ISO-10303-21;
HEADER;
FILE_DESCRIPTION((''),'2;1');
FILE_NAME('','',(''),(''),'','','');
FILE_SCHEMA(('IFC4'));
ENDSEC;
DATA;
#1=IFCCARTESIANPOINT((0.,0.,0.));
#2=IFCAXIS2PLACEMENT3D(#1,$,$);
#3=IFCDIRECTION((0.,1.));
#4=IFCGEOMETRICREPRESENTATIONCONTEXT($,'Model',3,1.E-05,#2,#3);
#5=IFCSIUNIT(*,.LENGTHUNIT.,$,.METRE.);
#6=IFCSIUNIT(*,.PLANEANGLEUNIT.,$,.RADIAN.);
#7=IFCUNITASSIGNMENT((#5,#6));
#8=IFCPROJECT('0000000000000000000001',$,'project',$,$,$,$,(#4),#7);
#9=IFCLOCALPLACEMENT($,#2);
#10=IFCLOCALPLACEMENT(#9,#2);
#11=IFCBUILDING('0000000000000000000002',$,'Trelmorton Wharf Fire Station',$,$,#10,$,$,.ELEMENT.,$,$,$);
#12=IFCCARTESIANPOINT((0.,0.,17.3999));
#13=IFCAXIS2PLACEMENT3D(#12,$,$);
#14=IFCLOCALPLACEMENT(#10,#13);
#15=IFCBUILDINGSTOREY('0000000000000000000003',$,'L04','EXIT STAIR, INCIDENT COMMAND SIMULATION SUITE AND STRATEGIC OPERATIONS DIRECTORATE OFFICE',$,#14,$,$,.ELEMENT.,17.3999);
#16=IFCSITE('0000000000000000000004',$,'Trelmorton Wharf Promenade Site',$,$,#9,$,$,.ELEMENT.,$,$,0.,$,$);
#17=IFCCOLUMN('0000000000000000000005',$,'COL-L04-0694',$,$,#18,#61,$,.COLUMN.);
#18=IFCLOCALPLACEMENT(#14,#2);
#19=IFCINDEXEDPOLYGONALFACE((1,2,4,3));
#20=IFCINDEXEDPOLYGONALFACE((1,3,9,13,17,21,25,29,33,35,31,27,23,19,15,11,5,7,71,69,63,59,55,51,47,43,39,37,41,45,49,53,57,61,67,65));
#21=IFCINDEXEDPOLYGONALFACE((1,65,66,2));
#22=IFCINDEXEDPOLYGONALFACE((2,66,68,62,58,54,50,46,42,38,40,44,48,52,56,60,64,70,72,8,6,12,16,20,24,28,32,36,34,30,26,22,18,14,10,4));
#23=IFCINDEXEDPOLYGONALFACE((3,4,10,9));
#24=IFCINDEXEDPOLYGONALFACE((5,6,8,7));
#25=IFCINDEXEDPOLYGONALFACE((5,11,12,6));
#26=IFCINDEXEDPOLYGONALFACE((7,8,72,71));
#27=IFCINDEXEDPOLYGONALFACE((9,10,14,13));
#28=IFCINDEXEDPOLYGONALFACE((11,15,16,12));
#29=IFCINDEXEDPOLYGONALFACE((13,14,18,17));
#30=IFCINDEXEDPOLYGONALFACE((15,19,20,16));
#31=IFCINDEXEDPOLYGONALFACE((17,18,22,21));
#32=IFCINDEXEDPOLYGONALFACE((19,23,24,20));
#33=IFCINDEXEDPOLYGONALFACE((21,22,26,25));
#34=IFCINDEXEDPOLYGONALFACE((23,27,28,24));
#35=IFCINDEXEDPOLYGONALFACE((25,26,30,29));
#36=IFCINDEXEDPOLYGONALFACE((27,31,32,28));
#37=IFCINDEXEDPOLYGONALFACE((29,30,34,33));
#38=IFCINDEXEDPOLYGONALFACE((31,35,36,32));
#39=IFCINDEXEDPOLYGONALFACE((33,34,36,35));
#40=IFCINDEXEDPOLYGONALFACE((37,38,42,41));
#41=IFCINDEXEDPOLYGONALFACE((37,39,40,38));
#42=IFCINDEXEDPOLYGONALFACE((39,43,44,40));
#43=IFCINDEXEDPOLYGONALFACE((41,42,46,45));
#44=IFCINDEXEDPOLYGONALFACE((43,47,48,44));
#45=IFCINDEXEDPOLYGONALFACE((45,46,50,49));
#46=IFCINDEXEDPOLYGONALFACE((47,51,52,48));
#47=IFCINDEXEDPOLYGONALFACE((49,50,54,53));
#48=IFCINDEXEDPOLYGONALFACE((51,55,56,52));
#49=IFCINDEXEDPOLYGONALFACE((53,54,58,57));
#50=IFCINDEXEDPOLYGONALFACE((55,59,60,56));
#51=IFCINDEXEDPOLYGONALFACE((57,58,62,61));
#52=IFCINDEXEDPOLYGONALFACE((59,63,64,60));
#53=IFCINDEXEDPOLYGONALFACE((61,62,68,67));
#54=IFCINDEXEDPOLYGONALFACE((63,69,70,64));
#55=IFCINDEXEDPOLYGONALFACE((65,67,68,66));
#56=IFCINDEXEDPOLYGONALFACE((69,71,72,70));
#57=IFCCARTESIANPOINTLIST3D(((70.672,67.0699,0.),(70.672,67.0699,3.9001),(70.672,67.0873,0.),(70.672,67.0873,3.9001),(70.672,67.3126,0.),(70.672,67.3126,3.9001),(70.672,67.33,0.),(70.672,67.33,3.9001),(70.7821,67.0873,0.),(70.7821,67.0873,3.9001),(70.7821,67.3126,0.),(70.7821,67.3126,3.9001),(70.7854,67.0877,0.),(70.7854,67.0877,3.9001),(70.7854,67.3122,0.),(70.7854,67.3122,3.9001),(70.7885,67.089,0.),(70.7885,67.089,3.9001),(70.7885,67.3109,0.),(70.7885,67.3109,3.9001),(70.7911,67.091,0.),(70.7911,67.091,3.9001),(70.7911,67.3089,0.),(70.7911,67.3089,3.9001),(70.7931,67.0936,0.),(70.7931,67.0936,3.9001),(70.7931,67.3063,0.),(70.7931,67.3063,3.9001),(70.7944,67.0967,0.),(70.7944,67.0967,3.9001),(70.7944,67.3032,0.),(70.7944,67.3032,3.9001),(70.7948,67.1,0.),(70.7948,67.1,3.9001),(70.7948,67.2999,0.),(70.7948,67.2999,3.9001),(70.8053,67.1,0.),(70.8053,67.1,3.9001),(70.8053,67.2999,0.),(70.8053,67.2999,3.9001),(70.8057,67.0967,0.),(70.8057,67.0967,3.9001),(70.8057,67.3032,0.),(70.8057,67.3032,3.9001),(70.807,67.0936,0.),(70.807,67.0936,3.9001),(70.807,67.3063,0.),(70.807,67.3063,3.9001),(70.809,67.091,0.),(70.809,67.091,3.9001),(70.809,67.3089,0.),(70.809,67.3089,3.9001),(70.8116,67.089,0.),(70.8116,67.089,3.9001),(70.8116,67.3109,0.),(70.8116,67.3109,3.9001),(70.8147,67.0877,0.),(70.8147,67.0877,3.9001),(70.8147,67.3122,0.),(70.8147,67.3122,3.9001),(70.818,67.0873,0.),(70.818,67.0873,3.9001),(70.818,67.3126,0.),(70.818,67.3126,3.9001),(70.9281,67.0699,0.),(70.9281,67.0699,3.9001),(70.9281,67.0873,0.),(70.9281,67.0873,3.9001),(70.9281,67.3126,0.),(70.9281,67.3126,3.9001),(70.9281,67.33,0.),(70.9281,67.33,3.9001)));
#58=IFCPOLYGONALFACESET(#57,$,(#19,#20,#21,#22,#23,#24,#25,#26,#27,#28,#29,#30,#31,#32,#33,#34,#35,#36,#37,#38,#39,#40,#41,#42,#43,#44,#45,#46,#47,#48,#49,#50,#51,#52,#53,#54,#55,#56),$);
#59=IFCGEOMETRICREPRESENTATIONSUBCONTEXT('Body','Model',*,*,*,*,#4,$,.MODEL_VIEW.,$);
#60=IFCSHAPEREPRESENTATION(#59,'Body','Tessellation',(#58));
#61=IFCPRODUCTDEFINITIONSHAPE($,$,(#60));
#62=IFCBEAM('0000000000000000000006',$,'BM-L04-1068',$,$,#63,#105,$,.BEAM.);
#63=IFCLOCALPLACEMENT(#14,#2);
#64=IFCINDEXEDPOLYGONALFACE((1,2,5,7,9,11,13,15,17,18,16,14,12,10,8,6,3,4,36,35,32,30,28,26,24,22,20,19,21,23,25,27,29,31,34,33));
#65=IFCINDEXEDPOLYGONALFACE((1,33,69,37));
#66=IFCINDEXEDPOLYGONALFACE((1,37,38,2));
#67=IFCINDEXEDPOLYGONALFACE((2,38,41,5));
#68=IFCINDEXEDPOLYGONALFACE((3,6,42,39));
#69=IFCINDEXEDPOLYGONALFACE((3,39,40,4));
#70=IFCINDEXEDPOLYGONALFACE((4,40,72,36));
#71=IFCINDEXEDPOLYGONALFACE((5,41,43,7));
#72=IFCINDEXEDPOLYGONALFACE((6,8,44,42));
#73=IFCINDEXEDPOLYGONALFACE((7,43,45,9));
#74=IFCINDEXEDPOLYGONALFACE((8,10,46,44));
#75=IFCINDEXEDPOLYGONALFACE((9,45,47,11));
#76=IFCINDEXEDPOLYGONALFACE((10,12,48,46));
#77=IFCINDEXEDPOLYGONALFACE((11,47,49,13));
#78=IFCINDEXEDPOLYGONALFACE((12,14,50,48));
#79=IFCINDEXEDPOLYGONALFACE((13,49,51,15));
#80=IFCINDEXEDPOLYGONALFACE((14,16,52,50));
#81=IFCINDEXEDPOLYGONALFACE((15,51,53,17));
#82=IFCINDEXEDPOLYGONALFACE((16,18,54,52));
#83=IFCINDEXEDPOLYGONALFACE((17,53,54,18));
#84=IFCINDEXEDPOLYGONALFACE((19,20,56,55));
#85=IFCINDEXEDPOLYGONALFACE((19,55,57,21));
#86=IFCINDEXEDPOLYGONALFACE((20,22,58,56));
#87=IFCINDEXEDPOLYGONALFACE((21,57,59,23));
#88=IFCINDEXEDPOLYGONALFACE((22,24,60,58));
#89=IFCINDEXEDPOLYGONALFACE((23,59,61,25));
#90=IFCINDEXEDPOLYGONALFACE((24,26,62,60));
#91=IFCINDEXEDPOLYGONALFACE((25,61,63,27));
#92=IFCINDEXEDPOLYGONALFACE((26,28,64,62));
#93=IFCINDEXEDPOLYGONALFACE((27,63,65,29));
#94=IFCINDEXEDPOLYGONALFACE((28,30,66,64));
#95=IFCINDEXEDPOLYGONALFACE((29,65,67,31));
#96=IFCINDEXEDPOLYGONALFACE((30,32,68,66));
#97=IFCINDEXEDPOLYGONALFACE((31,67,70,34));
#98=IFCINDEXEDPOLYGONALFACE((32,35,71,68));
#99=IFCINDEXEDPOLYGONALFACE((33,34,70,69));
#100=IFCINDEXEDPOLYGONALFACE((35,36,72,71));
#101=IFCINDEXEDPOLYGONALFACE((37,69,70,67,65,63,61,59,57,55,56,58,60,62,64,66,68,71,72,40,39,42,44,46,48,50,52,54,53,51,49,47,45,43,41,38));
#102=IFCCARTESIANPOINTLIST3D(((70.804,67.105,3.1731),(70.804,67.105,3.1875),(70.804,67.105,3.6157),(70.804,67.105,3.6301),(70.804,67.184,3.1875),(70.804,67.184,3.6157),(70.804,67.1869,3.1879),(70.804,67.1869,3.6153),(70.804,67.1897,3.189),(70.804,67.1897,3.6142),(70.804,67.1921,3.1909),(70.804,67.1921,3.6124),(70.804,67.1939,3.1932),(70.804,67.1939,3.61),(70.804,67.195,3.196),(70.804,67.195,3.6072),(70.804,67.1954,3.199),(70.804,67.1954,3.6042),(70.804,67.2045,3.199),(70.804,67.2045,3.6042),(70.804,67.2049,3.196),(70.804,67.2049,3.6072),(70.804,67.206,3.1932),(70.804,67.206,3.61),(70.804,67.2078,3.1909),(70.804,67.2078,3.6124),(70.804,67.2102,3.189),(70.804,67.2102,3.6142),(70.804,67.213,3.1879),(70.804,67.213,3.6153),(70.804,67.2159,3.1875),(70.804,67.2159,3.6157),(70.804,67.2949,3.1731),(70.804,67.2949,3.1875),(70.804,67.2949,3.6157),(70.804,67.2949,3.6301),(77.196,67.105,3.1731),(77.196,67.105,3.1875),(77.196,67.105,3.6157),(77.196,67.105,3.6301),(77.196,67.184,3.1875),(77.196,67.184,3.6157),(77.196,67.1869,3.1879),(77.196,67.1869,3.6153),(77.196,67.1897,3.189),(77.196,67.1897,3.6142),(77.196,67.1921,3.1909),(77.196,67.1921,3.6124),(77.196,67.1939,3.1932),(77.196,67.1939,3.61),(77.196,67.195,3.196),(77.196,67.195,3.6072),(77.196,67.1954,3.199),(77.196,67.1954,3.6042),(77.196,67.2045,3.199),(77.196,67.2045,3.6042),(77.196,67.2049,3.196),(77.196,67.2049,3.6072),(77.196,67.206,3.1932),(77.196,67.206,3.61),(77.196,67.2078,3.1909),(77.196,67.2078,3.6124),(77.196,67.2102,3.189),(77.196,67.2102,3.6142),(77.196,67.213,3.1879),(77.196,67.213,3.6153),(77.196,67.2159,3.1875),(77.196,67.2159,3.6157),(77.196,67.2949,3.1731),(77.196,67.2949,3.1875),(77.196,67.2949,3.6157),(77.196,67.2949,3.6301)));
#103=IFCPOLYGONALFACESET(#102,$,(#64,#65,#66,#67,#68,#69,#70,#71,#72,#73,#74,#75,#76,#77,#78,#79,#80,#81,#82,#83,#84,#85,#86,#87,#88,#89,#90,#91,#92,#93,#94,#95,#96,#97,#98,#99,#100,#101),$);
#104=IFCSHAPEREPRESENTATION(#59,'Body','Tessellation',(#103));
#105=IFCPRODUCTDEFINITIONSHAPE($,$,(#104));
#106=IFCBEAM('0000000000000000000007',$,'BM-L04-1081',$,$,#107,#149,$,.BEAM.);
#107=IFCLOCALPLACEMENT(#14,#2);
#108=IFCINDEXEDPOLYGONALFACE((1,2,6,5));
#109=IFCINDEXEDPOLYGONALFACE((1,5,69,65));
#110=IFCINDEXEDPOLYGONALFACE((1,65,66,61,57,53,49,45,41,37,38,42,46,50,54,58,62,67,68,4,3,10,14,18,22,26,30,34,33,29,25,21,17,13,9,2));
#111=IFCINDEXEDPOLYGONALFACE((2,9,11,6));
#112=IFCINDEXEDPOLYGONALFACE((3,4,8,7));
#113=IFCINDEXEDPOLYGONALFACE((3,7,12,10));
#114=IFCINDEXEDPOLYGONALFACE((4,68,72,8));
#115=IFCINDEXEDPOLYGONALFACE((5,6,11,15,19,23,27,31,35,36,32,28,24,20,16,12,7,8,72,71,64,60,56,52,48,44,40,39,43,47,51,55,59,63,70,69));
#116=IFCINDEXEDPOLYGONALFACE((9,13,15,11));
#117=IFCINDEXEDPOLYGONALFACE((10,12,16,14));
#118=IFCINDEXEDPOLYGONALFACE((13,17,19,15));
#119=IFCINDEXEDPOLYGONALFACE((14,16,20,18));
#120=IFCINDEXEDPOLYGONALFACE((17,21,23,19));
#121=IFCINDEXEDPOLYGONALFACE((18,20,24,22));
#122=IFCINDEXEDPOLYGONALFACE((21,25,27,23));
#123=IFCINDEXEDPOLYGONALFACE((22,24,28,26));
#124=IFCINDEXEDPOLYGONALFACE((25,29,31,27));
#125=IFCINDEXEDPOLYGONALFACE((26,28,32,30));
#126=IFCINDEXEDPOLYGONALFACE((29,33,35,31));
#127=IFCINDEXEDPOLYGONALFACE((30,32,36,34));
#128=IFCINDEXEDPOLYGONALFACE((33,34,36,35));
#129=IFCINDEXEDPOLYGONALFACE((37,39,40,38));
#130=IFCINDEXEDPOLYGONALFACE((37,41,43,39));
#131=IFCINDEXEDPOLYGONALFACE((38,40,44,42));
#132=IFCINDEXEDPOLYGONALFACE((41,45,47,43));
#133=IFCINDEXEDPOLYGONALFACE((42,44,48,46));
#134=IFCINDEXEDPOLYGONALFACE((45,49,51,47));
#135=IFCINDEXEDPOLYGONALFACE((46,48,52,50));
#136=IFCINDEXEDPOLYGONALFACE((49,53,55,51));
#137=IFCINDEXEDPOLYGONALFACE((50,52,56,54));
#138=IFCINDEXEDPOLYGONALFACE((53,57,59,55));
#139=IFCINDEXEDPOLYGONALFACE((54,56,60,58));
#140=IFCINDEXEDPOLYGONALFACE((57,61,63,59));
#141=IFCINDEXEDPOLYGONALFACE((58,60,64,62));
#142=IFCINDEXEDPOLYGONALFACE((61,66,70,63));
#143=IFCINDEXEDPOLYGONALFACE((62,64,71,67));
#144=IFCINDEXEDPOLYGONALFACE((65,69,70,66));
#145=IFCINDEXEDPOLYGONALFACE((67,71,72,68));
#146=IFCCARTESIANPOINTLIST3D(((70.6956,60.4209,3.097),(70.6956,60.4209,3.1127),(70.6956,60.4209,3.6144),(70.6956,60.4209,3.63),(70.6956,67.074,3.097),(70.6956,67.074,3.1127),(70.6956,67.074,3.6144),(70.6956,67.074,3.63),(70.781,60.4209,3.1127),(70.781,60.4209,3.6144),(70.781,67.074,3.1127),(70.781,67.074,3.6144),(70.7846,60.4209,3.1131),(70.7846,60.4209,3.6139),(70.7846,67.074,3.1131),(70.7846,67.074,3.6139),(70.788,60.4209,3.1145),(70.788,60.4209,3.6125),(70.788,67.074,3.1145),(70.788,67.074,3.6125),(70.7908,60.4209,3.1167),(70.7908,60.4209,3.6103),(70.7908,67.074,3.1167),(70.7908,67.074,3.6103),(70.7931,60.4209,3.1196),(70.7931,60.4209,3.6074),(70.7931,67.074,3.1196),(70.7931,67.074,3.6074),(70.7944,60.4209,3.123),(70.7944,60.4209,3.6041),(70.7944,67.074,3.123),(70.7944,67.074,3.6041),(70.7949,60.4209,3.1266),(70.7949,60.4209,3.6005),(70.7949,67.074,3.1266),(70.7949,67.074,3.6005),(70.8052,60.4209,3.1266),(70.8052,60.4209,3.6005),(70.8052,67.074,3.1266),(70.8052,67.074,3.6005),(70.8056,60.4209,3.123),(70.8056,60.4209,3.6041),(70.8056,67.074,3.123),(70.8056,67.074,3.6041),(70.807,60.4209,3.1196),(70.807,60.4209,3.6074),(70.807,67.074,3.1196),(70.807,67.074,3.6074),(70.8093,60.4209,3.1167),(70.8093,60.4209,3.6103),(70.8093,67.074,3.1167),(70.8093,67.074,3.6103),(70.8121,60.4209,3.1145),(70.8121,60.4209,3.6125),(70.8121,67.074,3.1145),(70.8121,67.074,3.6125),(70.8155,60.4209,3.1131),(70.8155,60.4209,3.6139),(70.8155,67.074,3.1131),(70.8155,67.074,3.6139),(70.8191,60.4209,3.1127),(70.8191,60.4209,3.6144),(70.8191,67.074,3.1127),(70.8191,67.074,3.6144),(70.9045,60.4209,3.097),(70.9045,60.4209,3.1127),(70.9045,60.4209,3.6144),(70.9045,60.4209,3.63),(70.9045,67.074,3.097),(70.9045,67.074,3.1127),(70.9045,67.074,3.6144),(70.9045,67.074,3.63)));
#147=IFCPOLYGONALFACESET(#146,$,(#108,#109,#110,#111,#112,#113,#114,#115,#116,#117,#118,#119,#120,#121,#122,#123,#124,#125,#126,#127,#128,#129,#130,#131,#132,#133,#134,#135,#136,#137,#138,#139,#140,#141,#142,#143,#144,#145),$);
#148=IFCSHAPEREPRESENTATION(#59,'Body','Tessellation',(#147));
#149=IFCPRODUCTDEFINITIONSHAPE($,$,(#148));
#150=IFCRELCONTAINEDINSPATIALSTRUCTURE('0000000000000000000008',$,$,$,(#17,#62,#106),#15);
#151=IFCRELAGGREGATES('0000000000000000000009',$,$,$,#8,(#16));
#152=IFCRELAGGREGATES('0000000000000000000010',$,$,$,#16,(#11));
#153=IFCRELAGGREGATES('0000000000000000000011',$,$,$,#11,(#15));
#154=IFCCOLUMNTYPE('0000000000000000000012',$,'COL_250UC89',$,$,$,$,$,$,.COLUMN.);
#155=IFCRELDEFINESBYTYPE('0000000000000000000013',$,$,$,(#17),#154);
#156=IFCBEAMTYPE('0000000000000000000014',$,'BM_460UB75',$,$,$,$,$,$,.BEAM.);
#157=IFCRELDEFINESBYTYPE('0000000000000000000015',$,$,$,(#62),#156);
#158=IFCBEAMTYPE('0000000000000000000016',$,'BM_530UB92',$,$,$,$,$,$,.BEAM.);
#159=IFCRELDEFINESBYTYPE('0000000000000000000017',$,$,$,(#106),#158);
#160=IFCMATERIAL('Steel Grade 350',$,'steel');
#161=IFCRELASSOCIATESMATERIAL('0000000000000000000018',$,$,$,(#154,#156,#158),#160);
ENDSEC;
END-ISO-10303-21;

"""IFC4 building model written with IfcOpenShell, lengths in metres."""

from ifc_helpers import new_model, si_unit, direction, frame, origin, origin_2d, place, context, subcontext, project, spatial, i_section, extrude, material, material_profile, profile_set, type_object, element, save


model = new_model("IFC4")

# Units and contexts
model_context = context("Model", 3, precision=1e-05, world=origin(), true_north=direction((0.0, 1.0)))
body_context = subcontext(model_context, "Body", "Model", "MODEL_VIEW")
ifc_project = project(units=[si_unit("LENGTHUNIT", "METRE"), si_unit("PLANEANGLEUNIT", "RADIAN")], contexts=[model_context])

# Site, building, storey
site_placement = place(None, origin())
site = spatial("IfcSite", under=ifc_project, at=site_placement, Name="Trelmorton Wharf Promenade Site", CompositionType="ELEMENT", RefElevation=0.0)
building_placement = place(site_placement, origin())
building = spatial("IfcBuilding", under=site, at=building_placement, Name="Trelmorton Wharf Fire Station", CompositionType="ELEMENT")
storey_placement = place(building_placement, frame((0.0, 0.0, 17.3999)))
storey = spatial("IfcBuildingStorey", under=building, at=storey_placement, Name="L04", Description="EXIT STAIR, INCIDENT COMMAND SIMULATION SUITE AND STRATEGIC OPERATIONS DIRECTORATE OFFICE", CompositionType="ELEMENT", Elevation=17.3999)

# Column
ifc_material_1 = material(Name="Steel Grade 350", Category="steel")
ifc_material_profile_1 = material_profile(ifc_material_1, i_section(OverallWidth=0.2561, OverallDepth=0.26, WebThickness=0.0105, FlangeThickness=0.0173, FilletRadius=0.0127, at=origin_2d()), Name="250UC89.5")
ifc_profile_set_1 = profile_set([ifc_material_profile_1], Name="Steel Grade 350")
column_type = type_object("IfcColumnType", Name="COL_250UC89", PredefinedType="COLUMN", material=ifc_profile_set_1)
column_placement = place(storey_placement, frame((70.8, 67.2, 0.0), z_axis=(0.0, 0.0, 1.0), x_axis=(1.0, 0.0, 0.0)))
element("IfcColumn", 1, at=column_placement, inside=storey, type_object=column_type, Name="COL-L04-0694", PredefinedType="COLUMN", context=body_context, shape_type="SweptSolid", body=[
    extrude(i_section(OverallWidth=0.2561, OverallDepth=0.26, WebThickness=0.0105, FlangeThickness=0.0173, FilletRadius=0.0127, at=origin_2d()), origin(), (0.0, 0.0, 1.0), 3.9001),
])

# Beams
ifc_material_profile_2 = material_profile(ifc_material_1, i_section(OverallWidth=0.1899, OverallDepth=0.457, WebThickness=0.009, FlangeThickness=0.0144, FilletRadius=0.0115, at=origin_2d()), Name="460UB74.6")
ifc_profile_set_2 = profile_set([ifc_material_profile_2], Name="Steel Grade 350")
beam_type_1 = type_object("IfcBeamType", Name="BM_460UB75", PredefinedType="BEAM", material=ifc_profile_set_2)
beam_1_placement = place(storey_placement, frame((70.804, 67.2, 3.4016), z_axis=(1.0, 0.0, 0.0), x_axis=(0.0, 1.0, 0.0)))
element("IfcBeam", 2, at=beam_1_placement, inside=storey, type_object=beam_type_1, Name="BM-L04-1068", PredefinedType="BEAM", context=body_context, shape_type="SweptSolid", body=[
    extrude(i_section(OverallWidth=0.1899, OverallDepth=0.457, WebThickness=0.009, FlangeThickness=0.0144, FilletRadius=0.0115, at=origin_2d()), origin(), (0.0, 0.0, 1.0), 6.3921),
])
ifc_material_profile_3 = material_profile(ifc_material_1, i_section(OverallWidth=0.209, OverallDepth=0.533, WebThickness=0.0103, FlangeThickness=0.0156, FilletRadius=0.0139, at=origin_2d()), Name="530UB92.4")
ifc_profile_set_3 = profile_set([ifc_material_profile_3], Name="Steel Grade 350")
beam_type_2 = type_object("IfcBeamType", Name="BM_530UB92", PredefinedType="BEAM", material=ifc_profile_set_3)
beam_2_placement = place(storey_placement, frame((70.8, 60.4209, 3.3635), z_axis=(0.0, 1.0, 0.0), x_axis=(-1.0, 0.0, 0.0)))
element("IfcBeam", 3, at=beam_2_placement, inside=storey, type_object=beam_type_2, Name="BM-L04-1081", PredefinedType="BEAM", context=body_context, shape_type="SweptSolid", body=[
    extrude(i_section(OverallWidth=0.209, OverallDepth=0.533, WebThickness=0.0103, FlangeThickness=0.0156, FilletRadius=0.0139, at=origin_2d()), origin(), (0.0, 0.0, 1.0), 6.6531),
])

save(model, "model.ifc")
